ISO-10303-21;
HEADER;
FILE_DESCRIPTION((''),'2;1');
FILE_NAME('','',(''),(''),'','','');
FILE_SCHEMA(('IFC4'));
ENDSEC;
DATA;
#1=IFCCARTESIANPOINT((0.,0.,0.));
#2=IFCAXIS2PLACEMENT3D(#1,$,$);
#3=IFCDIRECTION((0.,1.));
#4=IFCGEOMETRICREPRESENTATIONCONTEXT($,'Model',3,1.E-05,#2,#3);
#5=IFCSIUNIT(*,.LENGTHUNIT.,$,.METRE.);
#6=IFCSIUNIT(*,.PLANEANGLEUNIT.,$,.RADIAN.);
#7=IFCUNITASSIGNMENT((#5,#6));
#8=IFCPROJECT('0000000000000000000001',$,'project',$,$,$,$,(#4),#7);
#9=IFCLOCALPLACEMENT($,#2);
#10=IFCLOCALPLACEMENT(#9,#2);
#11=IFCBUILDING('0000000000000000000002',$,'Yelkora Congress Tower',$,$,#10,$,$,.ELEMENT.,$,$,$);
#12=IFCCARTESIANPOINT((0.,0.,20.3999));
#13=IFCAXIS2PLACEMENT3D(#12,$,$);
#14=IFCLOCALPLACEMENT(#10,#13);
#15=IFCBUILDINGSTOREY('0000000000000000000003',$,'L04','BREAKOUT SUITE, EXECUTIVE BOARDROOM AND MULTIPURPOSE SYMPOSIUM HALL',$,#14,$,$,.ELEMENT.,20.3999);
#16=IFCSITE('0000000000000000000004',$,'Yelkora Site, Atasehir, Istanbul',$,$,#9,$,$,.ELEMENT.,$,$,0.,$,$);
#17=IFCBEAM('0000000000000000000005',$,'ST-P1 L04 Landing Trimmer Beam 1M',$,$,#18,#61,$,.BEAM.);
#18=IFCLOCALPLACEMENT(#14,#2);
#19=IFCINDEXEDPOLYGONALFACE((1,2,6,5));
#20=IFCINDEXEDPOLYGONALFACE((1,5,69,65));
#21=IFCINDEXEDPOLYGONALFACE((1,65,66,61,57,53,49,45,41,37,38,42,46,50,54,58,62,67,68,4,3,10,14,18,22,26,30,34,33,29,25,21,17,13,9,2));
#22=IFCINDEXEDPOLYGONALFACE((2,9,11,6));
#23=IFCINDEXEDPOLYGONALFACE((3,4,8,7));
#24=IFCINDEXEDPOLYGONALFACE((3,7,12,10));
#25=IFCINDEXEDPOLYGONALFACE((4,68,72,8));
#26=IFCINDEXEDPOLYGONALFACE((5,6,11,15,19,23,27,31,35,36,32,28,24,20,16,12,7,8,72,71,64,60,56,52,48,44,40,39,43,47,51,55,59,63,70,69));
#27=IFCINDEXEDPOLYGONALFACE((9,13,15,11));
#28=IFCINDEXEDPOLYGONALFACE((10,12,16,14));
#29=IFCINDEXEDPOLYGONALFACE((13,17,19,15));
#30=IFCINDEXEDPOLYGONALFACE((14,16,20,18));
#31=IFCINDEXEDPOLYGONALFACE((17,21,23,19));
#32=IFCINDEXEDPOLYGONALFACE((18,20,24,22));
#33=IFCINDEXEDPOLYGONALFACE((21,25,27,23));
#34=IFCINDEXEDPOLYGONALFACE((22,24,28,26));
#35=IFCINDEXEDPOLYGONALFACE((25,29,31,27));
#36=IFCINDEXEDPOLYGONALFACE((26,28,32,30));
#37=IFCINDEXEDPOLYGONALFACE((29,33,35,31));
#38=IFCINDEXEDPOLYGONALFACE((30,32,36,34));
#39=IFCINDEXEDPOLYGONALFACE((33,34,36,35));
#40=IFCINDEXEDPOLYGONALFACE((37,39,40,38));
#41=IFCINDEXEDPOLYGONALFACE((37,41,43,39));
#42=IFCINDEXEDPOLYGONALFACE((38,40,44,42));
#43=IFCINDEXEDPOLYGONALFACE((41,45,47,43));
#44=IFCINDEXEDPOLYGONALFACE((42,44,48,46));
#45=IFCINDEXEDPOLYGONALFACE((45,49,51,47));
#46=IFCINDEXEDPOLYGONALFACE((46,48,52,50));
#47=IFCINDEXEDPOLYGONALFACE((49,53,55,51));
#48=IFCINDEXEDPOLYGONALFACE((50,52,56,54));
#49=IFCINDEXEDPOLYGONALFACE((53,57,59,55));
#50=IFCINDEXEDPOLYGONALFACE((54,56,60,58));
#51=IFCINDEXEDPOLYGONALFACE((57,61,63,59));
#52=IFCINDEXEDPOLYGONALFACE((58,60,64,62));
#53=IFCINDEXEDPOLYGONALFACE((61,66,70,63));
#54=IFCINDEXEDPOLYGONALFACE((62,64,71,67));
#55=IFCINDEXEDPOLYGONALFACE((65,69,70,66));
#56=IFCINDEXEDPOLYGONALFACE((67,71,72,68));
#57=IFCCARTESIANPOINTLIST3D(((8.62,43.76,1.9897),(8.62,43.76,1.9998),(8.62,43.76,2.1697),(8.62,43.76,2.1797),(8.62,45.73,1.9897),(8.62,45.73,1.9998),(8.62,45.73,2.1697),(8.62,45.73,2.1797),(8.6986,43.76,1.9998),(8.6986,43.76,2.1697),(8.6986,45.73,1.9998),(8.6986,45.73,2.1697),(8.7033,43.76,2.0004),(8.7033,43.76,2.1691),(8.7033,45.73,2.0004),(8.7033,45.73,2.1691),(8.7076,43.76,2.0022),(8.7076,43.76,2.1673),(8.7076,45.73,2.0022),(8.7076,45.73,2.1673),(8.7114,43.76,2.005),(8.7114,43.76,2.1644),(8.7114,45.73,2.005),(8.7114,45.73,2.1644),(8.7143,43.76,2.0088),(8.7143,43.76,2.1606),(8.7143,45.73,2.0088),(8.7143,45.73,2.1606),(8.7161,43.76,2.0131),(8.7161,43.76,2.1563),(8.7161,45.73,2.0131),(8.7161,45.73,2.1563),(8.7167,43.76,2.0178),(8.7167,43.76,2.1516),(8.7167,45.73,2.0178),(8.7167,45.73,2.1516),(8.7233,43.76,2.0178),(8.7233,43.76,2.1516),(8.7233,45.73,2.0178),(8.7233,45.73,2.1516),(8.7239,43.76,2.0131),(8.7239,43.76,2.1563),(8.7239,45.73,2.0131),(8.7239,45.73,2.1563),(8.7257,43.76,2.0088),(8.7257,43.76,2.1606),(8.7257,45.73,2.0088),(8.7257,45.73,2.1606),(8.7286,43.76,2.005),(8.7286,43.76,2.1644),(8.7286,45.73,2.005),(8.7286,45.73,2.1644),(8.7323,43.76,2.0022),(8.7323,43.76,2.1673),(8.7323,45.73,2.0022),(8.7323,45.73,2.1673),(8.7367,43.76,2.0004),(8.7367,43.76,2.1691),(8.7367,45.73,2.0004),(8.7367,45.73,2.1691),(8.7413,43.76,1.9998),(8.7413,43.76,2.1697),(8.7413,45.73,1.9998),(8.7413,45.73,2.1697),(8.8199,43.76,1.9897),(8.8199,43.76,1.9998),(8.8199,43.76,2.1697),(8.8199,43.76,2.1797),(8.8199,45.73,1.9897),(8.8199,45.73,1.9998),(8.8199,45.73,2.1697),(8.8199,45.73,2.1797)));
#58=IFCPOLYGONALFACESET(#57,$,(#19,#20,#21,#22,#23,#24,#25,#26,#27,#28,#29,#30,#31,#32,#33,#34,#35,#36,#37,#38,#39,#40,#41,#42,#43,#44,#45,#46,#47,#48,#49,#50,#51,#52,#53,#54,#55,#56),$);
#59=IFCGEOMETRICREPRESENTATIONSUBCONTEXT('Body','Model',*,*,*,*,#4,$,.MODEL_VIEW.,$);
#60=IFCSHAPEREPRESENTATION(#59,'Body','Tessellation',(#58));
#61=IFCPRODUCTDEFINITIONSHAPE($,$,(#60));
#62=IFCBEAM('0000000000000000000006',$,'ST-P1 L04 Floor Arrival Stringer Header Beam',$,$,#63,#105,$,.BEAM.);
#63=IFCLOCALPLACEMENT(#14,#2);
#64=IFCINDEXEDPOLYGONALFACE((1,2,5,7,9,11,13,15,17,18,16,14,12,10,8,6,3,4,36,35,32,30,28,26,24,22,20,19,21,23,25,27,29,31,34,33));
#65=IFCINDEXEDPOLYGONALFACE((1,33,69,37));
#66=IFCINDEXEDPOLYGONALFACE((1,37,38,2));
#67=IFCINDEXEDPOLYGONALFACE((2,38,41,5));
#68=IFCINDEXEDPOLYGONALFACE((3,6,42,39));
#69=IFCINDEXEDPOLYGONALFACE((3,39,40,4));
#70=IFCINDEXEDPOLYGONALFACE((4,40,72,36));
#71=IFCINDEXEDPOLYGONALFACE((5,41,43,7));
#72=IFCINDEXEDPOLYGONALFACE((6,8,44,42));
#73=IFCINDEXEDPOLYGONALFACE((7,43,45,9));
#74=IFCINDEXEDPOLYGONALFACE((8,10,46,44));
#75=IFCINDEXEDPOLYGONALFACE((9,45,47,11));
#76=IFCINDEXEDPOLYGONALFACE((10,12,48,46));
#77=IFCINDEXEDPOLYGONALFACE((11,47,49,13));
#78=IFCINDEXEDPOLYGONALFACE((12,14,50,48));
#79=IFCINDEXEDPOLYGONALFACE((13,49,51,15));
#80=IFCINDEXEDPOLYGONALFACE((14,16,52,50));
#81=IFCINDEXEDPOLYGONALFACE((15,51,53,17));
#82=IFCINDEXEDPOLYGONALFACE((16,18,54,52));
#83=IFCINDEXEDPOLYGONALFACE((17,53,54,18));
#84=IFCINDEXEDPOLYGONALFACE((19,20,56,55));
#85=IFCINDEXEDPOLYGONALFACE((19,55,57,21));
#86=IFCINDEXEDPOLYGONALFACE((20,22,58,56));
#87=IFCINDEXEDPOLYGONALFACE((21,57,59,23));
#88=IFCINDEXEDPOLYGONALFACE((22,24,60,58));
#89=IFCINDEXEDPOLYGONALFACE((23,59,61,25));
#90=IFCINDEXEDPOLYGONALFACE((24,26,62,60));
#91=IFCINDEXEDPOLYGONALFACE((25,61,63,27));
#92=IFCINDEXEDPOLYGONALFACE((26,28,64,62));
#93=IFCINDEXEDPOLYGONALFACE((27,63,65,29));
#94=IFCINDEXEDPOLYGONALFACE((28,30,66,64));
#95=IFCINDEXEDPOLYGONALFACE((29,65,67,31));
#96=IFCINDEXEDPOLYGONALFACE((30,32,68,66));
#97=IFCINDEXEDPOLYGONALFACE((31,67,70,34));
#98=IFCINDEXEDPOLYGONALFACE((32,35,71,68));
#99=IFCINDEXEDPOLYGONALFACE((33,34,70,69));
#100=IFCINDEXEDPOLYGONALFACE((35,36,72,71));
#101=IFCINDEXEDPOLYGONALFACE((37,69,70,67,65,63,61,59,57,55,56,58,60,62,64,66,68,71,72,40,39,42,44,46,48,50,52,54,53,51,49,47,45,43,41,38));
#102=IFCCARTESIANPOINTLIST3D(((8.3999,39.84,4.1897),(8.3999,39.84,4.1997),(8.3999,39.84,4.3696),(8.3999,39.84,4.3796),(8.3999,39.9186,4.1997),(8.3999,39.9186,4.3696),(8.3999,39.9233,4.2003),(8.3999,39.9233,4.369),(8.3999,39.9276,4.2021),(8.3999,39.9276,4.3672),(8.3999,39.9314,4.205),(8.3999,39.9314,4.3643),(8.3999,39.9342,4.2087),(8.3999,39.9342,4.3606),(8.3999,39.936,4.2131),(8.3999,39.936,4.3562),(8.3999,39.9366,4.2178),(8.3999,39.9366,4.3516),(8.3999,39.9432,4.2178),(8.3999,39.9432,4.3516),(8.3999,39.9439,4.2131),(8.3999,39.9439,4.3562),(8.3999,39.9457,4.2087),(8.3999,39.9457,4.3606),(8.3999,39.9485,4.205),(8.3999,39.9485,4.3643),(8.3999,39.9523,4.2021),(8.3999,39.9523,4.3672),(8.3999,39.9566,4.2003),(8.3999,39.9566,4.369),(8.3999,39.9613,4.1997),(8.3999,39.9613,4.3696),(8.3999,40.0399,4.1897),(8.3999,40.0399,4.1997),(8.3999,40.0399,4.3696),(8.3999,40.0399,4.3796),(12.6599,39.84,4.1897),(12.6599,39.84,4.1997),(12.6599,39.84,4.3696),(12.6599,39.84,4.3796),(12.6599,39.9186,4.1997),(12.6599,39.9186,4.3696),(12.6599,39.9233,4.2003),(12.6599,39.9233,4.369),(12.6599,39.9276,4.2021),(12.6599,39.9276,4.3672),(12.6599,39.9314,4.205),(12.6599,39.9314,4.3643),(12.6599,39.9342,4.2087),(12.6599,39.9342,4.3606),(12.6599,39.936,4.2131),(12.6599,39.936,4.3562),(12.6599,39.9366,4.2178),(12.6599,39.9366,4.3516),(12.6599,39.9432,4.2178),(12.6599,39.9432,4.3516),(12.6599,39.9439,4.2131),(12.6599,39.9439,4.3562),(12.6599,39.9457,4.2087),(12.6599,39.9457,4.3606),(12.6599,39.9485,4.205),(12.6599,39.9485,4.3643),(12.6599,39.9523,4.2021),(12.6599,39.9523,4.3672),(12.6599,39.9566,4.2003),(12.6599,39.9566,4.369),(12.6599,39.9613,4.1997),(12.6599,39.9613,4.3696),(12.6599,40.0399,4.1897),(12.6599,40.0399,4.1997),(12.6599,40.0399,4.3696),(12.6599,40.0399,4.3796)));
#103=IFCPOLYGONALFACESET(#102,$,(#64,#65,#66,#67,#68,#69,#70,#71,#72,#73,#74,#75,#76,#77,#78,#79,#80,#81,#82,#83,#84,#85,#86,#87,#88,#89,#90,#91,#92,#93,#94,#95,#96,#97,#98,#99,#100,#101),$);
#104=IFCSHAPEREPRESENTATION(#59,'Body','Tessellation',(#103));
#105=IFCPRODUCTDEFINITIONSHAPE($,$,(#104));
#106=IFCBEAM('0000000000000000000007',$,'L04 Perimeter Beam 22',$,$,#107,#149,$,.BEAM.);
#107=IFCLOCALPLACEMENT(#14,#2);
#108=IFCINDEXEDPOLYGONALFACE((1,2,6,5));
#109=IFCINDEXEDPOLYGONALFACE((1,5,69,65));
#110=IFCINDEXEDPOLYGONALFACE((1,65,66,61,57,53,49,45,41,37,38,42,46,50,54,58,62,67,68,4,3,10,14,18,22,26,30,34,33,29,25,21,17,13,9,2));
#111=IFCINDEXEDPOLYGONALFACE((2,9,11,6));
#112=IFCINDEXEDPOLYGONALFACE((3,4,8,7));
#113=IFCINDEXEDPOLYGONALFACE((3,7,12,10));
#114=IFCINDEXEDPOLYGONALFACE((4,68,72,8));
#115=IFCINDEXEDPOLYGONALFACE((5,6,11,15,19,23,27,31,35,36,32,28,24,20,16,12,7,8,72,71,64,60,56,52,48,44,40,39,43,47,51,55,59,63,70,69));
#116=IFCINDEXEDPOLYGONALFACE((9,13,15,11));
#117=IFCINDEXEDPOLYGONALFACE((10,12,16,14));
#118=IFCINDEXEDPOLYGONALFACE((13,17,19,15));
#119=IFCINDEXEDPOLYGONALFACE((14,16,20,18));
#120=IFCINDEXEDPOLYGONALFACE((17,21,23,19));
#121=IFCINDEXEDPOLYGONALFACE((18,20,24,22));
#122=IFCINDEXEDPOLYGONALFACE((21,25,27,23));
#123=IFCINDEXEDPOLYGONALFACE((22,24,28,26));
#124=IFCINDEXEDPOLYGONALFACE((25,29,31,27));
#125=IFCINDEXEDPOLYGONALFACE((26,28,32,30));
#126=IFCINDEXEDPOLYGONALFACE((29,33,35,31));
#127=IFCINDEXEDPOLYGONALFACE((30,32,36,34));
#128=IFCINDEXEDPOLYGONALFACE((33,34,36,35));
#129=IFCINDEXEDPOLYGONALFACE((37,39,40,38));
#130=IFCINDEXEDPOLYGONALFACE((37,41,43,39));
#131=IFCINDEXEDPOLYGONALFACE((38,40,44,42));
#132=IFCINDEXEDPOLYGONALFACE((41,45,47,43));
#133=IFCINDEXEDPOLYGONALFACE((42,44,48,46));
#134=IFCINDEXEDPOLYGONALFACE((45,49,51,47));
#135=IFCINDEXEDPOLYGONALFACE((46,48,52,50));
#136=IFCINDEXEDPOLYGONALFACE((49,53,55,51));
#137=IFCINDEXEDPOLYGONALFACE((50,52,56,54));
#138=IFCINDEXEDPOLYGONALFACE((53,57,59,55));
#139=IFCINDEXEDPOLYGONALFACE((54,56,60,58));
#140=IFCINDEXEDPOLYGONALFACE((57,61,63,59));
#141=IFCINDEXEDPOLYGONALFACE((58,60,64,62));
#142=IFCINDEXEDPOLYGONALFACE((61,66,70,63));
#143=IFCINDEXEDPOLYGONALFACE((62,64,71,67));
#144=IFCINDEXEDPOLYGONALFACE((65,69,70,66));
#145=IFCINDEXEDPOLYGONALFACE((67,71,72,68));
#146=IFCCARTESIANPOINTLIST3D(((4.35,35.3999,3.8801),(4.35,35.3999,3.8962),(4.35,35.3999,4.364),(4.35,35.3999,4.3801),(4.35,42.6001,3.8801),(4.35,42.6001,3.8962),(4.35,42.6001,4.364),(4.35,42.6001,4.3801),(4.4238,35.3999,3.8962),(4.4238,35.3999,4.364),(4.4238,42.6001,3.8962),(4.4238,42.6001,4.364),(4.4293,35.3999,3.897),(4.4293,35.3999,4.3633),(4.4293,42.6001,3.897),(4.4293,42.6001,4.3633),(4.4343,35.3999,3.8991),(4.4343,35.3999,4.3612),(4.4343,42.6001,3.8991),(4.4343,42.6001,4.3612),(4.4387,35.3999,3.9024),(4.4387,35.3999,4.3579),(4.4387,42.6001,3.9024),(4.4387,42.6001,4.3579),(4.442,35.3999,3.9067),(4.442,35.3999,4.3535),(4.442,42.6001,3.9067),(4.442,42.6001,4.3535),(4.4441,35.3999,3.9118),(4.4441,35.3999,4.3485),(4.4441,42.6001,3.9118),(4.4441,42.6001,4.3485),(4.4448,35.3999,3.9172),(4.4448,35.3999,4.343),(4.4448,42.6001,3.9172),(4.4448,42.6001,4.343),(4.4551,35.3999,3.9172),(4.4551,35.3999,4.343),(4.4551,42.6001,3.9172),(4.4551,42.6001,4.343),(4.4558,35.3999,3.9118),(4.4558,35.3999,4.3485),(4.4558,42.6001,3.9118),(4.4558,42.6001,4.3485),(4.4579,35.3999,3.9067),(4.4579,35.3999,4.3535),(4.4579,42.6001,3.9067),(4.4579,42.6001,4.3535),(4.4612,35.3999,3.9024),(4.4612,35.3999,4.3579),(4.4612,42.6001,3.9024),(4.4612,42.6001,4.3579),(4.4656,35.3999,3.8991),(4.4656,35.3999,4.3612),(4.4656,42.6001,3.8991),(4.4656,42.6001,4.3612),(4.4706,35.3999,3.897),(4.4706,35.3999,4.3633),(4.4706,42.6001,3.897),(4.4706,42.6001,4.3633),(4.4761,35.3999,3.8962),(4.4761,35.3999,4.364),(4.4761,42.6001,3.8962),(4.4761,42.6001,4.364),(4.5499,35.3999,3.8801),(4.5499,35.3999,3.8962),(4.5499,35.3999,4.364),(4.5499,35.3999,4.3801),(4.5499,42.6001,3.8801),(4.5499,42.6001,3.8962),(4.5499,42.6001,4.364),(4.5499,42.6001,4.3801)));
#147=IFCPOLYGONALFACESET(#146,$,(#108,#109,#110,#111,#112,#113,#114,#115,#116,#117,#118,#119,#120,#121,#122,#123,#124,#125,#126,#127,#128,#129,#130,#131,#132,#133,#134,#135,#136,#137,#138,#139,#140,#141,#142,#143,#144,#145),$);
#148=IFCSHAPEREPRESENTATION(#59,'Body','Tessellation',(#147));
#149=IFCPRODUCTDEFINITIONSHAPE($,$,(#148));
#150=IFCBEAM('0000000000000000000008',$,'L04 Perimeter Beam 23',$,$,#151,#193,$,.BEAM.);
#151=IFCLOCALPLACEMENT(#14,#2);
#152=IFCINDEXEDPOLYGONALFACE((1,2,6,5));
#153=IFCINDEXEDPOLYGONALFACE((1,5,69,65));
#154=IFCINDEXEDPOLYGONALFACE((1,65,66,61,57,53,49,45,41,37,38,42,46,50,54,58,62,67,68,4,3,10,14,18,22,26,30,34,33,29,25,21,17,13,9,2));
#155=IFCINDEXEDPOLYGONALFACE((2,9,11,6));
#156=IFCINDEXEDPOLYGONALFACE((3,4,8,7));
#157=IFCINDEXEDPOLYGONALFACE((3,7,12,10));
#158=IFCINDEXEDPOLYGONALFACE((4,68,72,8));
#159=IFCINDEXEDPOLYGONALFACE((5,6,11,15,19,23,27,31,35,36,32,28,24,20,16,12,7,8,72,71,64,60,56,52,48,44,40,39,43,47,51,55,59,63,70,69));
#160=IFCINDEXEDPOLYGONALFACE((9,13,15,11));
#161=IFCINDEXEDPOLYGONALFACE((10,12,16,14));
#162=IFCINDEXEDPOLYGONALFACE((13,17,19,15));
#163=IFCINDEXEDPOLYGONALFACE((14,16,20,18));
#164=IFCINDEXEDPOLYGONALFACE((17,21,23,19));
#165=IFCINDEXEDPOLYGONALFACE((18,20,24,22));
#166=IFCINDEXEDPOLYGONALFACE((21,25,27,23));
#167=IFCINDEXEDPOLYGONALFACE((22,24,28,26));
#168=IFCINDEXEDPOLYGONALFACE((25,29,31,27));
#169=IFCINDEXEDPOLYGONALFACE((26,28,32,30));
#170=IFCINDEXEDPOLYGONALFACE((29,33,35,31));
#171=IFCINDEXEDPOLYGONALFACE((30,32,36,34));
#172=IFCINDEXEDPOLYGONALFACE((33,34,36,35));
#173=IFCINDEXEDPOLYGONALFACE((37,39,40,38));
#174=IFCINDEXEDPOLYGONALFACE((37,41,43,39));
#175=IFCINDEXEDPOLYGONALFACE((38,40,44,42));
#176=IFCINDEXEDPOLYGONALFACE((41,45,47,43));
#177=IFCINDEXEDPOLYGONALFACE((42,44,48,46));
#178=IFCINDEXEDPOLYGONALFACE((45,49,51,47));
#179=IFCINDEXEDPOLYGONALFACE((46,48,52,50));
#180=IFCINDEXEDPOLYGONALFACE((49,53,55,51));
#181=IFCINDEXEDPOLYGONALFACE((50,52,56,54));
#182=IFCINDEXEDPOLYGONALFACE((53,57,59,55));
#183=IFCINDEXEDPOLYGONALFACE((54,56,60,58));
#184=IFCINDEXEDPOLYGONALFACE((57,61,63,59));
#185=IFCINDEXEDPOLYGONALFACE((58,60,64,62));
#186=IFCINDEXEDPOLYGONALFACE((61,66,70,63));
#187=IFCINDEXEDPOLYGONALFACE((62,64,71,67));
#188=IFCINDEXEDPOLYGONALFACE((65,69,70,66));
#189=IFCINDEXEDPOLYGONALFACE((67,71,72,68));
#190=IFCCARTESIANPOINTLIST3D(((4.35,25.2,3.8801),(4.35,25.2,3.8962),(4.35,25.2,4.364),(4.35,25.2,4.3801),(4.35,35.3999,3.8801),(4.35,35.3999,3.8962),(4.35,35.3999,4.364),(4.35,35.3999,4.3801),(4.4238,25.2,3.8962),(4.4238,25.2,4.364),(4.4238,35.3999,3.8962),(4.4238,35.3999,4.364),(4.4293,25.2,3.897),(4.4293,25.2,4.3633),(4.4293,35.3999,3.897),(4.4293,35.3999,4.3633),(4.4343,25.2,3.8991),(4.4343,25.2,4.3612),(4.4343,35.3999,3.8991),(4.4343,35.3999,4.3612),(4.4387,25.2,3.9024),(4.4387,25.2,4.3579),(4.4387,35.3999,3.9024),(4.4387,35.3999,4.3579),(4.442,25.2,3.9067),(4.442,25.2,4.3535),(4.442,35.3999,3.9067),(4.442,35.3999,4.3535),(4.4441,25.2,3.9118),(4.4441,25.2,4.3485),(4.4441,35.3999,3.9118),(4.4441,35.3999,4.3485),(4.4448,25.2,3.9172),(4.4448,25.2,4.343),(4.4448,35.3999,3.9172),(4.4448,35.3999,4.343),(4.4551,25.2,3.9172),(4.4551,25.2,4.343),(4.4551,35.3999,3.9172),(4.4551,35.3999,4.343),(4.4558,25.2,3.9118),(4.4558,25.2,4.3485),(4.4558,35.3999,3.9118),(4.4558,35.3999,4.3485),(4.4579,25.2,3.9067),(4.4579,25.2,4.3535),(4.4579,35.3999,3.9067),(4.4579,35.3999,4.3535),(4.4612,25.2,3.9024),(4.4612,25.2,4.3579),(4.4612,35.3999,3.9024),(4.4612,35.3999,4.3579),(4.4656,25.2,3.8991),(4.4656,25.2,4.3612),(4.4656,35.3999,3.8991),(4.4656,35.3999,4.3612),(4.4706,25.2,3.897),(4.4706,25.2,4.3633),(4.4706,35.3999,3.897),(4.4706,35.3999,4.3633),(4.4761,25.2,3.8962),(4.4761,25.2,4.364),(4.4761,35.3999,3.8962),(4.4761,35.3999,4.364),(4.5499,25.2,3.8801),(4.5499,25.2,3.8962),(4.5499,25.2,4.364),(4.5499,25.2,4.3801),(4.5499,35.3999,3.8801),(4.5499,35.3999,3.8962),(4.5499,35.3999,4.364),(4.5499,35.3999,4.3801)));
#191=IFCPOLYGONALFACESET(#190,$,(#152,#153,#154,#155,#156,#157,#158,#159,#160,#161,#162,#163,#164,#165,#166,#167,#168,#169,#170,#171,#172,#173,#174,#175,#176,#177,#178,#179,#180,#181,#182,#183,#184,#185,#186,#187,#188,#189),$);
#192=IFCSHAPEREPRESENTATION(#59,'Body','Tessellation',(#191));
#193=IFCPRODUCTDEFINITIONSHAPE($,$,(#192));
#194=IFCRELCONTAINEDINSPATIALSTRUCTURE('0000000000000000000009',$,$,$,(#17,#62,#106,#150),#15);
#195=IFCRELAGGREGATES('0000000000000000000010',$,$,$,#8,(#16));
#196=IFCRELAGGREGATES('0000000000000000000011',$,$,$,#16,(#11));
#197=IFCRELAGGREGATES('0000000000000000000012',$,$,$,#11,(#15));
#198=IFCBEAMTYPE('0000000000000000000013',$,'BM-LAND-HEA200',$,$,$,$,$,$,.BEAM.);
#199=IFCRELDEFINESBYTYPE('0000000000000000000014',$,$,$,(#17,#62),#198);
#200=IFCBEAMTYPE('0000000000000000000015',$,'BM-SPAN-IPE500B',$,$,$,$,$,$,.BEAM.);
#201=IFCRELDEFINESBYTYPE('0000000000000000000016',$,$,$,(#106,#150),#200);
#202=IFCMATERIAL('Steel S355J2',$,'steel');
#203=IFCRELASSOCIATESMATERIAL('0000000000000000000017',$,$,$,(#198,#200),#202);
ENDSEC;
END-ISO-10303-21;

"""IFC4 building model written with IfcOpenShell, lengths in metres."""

from ifc_helpers import new_model, si_unit, direction, frame, origin, origin_2d, place, context, subcontext, project, spatial, i_section, extrude, material, material_profile, profile_set, type_object, element, save


model = new_model("IFC4")

# Units and contexts
model_context = context("Model", 3, precision=1e-05, world=origin(), true_north=direction((0.0, 1.0)))
body_context = subcontext(model_context, "Body", "Model", "MODEL_VIEW")
ifc_project = project(units=[si_unit("LENGTHUNIT", "METRE"), si_unit("PLANEANGLEUNIT", "RADIAN")], contexts=[model_context])

# Site, building, storey
site_placement = place(None, origin())
site = spatial("IfcSite", under=ifc_project, at=site_placement, Name="Yelkora Site, Atasehir, Istanbul", CompositionType="ELEMENT", RefElevation=0.0)
building_placement = place(site_placement, origin())
building = spatial("IfcBuilding", under=site, at=building_placement, Name="Yelkora Congress Tower", CompositionType="ELEMENT")
storey_placement = place(building_placement, frame((0.0, 0.0, 20.3999)))
storey = spatial("IfcBuildingStorey", under=building, at=storey_placement, Name="L04", Description="BREAKOUT SUITE, EXECUTIVE BOARDROOM AND MULTIPURPOSE SYMPOSIUM HALL", CompositionType="ELEMENT", Elevation=20.3999)

# Beams
ifc_material_1 = material(Name="Steel S355J2", Category="steel")
ifc_material_profile_1 = material_profile(ifc_material_1, i_section(OverallWidth=0.2, OverallDepth=0.1899, WebThickness=0.0066, FlangeThickness=0.01, FilletRadius=0.0181, at=origin_2d()), Name="HEA 200")
ifc_profile_set_1 = profile_set([ifc_material_profile_1], Name="Steel S355J2")
beam_type_1 = type_object("IfcBeamType", Name="BM-LAND-HEA200", PredefinedType="BEAM", material=ifc_profile_set_1)
beam_1_placement = place(storey_placement, frame((8.72, 43.76, 2.0847), z_axis=(0.0, 1.0, 0.0), x_axis=(-1.0, 0.0, 0.0)))
element("IfcBeam", 1, at=beam_1_placement, inside=storey, type_object=beam_type_1, Name="ST-P1 L04 Landing Trimmer Beam 1M", PredefinedType="BEAM", context=body_context, shape_type="SweptSolid", body=[
    extrude(i_section(OverallWidth=0.2, OverallDepth=0.1899, WebThickness=0.0066, FlangeThickness=0.01, FilletRadius=0.0181, at=origin_2d()), origin(), (0.0, 0.0, 1.0), 1.97),
])
beam_2_placement = place(storey_placement, frame((8.3999, 39.9399, 4.2847), z_axis=(1.0, 0.0, 0.0), x_axis=(0.0, 1.0, 0.0)))
element("IfcBeam", 2, at=beam_2_placement, inside=storey, type_object=beam_type_1, Name="ST-P1 L04 Floor Arrival Stringer Header Beam", PredefinedType="BEAM", context=body_context, shape_type="SweptSolid", body=[
    extrude(i_section(OverallWidth=0.2, OverallDepth=0.1899, WebThickness=0.0066, FlangeThickness=0.01, FilletRadius=0.0181, at=origin_2d()), origin(), (0.0, 0.0, 1.0), 4.26),
])
ifc_material_profile_2 = material_profile(ifc_material_1, i_section(OverallWidth=0.2, OverallDepth=0.5, WebThickness=0.0103, FlangeThickness=0.0161, FilletRadius=0.021, at=origin_2d()), Name="IPE 500")
ifc_profile_set_2 = profile_set([ifc_material_profile_2], Name="Steel S355J2")
beam_type_2 = type_object("IfcBeamType", Name="BM-SPAN-IPE500B", PredefinedType="BEAM", material=ifc_profile_set_2)
beam_3_placement = place(storey_placement, frame((4.45, 42.6001, 4.1301), z_axis=(0.0, -1.0, 0.0), x_axis=(1.0, 0.0, 0.0)))
element("IfcBeam", 3, at=beam_3_placement, inside=storey, type_object=beam_type_2, Name="L04 Perimeter Beam 22", PredefinedType="BEAM", context=body_context, shape_type="SweptSolid", body=[
    extrude(i_section(OverallWidth=0.2, OverallDepth=0.5, WebThickness=0.0103, FlangeThickness=0.0161, FilletRadius=0.021, at=origin_2d()), origin(), (0.0, 0.0, 1.0), 7.2002),
])
beam_4_placement = place(storey_placement, frame((4.45, 35.3999, 4.1301), z_axis=(0.0, -1.0, 0.0), x_axis=(1.0, 0.0, 0.0)))
element("IfcBeam", 4, at=beam_4_placement, inside=storey, type_object=beam_type_2, Name="L04 Perimeter Beam 23", PredefinedType="BEAM", context=body_context, shape_type="SweptSolid", body=[
    extrude(i_section(OverallWidth=0.2, OverallDepth=0.5, WebThickness=0.0103, FlangeThickness=0.0161, FilletRadius=0.021, at=origin_2d()), origin(), (0.0, 0.0, 1.0), 10.2),
])

save(model, "model.ifc")
